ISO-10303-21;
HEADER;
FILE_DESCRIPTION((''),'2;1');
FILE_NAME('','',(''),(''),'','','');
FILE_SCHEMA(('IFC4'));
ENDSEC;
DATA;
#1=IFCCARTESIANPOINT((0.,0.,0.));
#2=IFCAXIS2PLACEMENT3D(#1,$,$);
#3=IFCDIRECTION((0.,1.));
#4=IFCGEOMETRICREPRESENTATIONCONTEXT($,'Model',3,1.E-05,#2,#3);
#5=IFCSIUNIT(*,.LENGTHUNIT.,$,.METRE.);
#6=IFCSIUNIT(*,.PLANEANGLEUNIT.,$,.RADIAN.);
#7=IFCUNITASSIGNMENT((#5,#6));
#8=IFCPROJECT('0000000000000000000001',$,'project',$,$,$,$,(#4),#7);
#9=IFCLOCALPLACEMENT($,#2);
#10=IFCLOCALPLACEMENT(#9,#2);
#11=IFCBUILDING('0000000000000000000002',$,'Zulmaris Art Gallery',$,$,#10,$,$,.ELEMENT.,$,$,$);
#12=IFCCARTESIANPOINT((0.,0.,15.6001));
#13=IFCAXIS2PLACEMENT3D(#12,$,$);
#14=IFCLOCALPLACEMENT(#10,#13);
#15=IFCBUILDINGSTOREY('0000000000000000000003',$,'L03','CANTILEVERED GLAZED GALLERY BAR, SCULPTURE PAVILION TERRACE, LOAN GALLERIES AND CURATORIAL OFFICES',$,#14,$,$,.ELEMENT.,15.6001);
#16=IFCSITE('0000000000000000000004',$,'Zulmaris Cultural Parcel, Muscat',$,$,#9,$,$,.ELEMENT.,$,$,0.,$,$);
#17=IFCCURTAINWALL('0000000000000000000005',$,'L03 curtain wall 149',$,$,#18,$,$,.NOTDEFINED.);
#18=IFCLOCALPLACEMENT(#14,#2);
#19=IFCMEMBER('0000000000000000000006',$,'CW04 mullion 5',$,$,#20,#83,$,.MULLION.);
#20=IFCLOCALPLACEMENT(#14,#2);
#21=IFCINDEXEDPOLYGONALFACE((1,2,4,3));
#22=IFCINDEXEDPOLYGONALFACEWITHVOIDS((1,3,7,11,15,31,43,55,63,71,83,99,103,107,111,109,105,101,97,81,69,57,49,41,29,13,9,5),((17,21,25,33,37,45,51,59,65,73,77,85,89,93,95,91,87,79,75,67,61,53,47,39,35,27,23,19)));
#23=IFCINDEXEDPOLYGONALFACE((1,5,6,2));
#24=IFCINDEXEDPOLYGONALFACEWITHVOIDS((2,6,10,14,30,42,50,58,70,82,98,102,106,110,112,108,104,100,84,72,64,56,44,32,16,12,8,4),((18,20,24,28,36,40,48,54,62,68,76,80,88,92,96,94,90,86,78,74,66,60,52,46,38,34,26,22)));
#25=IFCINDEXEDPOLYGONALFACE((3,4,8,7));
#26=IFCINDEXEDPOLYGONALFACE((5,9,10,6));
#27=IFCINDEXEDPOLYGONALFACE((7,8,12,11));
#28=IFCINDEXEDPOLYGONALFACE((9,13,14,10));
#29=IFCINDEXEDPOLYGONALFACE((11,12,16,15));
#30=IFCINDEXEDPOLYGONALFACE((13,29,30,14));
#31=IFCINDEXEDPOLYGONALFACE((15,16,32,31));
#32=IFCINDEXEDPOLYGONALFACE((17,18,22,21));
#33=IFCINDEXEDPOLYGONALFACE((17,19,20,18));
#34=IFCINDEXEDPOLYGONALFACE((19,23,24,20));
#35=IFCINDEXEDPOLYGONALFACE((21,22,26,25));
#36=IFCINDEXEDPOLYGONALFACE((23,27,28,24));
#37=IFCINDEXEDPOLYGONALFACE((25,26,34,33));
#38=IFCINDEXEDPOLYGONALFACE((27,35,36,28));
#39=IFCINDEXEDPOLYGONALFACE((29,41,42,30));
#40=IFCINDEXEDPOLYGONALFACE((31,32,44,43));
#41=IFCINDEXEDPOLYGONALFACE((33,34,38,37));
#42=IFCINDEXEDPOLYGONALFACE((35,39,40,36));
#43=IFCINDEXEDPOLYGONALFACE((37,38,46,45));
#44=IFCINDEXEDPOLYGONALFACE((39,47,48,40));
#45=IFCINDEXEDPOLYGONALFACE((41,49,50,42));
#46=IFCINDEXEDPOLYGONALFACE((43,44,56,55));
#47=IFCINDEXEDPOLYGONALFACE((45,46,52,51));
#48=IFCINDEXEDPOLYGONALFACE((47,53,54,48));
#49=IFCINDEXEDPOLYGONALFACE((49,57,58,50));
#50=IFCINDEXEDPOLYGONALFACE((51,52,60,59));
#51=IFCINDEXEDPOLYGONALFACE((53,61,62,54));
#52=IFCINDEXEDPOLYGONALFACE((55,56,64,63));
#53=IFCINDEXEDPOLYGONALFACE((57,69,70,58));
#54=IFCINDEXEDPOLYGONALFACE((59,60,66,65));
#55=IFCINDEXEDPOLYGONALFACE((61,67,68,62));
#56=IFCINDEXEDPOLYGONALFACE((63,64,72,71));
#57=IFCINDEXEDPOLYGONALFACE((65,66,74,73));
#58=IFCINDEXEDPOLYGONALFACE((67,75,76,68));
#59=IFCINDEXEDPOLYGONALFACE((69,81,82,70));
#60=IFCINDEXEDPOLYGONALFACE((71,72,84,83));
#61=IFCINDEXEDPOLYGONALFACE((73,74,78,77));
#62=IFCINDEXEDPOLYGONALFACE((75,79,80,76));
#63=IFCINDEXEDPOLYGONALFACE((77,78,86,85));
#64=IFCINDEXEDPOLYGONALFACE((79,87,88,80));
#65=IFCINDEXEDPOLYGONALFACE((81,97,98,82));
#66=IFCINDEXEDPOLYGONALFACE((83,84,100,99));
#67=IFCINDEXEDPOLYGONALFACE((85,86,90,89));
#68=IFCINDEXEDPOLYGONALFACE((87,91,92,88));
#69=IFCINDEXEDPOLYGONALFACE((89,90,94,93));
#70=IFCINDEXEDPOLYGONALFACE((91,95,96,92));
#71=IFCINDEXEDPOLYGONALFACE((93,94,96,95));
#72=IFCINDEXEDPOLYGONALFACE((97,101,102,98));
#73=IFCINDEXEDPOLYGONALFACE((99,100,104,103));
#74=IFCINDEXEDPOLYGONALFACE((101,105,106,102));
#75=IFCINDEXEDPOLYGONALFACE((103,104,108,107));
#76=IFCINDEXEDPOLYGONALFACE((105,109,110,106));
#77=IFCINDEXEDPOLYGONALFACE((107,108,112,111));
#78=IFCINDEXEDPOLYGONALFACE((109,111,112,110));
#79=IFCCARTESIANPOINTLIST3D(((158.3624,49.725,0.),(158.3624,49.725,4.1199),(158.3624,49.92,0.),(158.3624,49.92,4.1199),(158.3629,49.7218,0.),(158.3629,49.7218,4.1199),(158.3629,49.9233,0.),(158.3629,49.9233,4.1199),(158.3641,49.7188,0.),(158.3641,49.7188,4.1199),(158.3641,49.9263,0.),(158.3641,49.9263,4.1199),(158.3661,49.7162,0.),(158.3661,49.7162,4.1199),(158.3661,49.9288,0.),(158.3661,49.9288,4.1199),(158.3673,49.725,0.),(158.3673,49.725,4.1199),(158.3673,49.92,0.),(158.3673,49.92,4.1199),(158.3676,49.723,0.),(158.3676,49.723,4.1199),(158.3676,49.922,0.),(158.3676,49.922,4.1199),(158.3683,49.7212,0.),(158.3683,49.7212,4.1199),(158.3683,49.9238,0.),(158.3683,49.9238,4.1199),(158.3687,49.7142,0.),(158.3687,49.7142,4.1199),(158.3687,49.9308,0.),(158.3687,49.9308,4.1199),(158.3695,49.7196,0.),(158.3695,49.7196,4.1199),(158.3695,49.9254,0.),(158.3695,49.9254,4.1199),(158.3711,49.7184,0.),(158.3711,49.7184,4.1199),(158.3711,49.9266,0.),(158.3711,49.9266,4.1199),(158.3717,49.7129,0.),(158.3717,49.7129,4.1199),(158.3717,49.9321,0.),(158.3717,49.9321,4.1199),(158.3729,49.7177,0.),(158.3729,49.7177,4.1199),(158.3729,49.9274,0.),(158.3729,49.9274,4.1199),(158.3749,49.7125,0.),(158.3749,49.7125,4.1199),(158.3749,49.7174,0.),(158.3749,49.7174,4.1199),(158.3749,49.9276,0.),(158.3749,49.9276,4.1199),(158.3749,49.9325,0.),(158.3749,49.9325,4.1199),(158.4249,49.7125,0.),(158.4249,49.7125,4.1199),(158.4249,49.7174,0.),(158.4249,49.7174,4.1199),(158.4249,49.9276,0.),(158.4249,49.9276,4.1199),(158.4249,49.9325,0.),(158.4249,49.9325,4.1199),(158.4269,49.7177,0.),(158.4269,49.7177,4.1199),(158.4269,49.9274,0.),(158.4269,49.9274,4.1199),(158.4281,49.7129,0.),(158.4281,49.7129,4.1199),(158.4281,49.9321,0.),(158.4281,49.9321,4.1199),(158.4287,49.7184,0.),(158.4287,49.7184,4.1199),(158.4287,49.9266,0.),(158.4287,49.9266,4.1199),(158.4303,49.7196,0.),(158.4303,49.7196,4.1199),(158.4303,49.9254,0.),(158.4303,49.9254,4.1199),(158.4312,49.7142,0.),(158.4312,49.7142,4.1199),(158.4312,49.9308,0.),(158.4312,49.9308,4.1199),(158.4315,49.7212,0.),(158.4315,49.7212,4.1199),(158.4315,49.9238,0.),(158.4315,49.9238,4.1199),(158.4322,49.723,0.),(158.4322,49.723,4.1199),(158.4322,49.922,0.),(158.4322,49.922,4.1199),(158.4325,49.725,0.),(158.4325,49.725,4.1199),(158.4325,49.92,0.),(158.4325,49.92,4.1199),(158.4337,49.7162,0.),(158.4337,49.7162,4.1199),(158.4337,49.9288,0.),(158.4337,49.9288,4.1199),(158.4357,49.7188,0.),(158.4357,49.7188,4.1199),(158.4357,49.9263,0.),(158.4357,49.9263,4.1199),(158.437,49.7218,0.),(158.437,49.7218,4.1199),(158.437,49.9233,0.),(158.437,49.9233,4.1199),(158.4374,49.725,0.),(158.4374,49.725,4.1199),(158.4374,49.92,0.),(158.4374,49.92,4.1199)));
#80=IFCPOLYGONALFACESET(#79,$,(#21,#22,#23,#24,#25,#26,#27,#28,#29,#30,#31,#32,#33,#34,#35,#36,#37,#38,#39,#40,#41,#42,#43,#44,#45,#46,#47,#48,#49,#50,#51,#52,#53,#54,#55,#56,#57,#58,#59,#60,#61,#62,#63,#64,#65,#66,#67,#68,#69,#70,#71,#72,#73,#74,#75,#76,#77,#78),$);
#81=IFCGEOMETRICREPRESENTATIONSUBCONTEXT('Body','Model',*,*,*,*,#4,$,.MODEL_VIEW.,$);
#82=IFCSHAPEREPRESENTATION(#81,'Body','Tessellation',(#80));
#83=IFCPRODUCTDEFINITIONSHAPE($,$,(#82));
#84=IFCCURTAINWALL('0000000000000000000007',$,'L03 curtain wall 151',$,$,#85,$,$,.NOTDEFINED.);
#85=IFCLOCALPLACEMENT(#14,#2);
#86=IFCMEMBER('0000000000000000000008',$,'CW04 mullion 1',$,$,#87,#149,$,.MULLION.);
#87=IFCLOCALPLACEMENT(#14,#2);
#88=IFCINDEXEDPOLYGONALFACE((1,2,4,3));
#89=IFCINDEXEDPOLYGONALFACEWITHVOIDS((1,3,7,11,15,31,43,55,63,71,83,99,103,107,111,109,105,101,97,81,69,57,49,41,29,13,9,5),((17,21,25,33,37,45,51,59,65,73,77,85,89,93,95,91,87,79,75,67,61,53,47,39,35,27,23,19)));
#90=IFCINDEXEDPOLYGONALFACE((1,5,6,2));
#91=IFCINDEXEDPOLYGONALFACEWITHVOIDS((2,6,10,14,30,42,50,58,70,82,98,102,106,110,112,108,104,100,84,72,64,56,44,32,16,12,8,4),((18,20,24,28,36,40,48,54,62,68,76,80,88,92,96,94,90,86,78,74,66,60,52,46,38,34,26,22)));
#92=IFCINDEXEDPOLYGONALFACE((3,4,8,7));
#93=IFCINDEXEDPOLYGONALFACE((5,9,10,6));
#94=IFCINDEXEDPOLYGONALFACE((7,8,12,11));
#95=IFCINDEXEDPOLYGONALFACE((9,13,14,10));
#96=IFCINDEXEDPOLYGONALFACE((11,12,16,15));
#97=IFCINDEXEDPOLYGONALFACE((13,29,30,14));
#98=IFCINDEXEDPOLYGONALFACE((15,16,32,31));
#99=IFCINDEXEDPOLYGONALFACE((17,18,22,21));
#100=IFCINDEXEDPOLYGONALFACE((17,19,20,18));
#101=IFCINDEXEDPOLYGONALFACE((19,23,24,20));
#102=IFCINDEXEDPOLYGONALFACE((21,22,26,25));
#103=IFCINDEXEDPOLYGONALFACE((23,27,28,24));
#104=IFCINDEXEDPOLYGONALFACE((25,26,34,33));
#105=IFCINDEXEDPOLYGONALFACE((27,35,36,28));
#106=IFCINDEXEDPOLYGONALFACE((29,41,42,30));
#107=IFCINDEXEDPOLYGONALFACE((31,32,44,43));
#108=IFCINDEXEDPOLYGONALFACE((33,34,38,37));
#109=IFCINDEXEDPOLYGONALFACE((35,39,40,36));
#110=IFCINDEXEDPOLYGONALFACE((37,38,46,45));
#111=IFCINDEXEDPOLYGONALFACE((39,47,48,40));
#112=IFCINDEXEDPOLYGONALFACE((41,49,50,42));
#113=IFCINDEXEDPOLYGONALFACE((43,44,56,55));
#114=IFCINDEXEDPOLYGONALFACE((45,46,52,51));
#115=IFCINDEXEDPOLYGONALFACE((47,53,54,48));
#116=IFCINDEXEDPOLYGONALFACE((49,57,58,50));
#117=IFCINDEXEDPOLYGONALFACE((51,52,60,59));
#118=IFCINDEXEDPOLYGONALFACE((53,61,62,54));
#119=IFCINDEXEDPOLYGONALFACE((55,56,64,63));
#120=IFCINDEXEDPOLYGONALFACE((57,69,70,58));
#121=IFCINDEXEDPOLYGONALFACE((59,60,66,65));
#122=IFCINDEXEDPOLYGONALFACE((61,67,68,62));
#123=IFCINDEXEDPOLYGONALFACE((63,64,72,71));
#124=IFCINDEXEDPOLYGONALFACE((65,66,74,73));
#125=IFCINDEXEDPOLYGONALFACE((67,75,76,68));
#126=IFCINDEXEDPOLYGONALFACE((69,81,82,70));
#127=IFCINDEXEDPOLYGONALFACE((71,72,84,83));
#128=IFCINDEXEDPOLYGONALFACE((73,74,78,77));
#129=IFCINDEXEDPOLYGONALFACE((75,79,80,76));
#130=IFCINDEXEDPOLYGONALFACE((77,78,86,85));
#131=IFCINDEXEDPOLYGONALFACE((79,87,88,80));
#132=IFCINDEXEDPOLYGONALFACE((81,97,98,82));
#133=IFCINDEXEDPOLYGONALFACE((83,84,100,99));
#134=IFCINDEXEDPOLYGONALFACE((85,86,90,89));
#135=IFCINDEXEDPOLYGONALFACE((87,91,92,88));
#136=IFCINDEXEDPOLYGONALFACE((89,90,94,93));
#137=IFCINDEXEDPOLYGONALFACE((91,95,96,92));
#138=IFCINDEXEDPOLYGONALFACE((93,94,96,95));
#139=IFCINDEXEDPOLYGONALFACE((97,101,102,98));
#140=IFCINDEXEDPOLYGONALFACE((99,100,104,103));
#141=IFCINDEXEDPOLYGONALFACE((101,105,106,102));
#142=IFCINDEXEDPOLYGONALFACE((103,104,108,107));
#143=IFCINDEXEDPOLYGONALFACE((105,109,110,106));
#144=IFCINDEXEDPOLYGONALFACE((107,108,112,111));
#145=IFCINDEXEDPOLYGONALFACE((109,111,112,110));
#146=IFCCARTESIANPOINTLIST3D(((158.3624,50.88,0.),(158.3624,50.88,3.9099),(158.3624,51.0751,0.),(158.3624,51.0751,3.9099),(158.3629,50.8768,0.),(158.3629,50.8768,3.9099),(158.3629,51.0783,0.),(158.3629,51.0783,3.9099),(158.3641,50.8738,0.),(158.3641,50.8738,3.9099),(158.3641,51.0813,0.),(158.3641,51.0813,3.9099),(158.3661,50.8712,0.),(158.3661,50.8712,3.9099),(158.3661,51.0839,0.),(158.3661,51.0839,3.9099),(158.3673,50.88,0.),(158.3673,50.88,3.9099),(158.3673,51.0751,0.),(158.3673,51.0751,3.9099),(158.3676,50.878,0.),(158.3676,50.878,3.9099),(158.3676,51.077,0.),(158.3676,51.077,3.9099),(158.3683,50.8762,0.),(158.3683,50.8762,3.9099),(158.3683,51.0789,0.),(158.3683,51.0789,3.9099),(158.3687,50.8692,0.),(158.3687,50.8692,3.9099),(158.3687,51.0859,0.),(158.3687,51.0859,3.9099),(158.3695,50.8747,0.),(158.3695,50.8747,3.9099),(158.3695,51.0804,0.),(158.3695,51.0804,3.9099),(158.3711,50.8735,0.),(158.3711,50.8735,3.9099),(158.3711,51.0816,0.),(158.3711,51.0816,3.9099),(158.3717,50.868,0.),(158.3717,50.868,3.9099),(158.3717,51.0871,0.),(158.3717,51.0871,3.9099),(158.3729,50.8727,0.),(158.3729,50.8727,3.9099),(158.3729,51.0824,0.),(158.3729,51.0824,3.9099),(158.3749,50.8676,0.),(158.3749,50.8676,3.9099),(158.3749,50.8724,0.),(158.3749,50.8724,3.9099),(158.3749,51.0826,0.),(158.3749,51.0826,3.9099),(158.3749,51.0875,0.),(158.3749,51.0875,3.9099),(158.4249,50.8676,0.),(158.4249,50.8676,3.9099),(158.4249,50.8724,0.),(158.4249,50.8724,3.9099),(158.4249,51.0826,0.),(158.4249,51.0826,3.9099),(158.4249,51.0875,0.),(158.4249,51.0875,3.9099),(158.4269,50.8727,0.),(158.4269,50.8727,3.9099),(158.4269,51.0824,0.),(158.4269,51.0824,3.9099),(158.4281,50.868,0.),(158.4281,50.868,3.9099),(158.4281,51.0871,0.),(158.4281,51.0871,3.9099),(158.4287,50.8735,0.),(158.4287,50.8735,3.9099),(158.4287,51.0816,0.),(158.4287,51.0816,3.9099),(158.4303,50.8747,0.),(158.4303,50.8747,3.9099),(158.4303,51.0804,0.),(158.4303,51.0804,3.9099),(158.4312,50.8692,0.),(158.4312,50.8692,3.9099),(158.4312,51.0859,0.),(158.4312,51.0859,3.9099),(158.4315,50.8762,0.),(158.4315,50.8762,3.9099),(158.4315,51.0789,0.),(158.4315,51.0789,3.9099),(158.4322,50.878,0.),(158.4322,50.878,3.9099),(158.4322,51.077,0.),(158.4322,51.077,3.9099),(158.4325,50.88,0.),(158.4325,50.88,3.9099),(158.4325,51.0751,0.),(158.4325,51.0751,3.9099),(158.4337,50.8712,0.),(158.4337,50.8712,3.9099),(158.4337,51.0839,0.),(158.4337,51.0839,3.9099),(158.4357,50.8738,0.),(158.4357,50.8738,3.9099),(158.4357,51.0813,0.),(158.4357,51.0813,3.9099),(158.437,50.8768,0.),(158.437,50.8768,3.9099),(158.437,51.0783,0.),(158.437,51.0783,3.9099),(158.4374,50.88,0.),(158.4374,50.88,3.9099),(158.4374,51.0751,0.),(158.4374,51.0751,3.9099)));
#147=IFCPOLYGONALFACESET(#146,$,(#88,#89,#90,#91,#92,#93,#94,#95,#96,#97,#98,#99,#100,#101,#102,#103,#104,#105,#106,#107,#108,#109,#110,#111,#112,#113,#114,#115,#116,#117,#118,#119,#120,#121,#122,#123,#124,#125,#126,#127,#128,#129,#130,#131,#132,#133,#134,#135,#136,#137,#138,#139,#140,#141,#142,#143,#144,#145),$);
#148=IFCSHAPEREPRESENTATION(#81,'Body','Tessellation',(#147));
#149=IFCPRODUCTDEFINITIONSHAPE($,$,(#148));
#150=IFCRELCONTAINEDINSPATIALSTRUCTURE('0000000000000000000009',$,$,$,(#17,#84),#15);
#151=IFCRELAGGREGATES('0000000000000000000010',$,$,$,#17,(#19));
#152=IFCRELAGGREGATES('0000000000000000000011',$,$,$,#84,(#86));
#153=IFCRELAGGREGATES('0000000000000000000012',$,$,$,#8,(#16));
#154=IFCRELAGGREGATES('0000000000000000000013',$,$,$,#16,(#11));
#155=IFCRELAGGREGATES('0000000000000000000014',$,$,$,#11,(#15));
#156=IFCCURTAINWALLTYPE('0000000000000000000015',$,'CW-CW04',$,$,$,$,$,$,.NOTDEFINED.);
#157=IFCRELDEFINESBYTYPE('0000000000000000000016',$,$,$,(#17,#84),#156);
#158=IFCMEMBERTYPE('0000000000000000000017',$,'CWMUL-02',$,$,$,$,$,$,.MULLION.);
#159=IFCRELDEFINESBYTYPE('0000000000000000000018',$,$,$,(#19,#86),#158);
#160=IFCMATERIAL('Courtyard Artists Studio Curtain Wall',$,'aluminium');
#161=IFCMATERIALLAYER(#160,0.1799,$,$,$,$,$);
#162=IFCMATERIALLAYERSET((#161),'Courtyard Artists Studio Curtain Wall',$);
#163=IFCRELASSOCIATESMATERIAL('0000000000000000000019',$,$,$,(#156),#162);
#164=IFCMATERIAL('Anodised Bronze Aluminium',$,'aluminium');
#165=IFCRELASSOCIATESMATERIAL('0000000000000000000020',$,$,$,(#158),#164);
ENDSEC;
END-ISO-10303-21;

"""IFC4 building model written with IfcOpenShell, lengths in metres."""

from ifc_helpers import new_model, si_unit, direction, frame, origin, origin_2d, place, context, subcontext, project, spatial, hollow_rectangle, extrude, material, layer, layer_set, material_profile, profile_set, type_object, element, aggregate, save


model = new_model("IFC4")

# Units and contexts
model_context = context("Model", 3, precision=1e-05, world=origin(), true_north=direction((0.0, 1.0)))
body_context = subcontext(model_context, "Body", "Model", "MODEL_VIEW")
ifc_project = project(units=[si_unit("LENGTHUNIT", "METRE"), si_unit("PLANEANGLEUNIT", "RADIAN")], contexts=[model_context])

# Site, building, storey
site_placement = place(None, origin())
site = spatial("IfcSite", under=ifc_project, at=site_placement, Name="Zulmaris Cultural Parcel, Muscat", CompositionType="ELEMENT", RefElevation=0.0)
building_placement = place(site_placement, origin())
building = spatial("IfcBuilding", under=site, at=building_placement, Name="Zulmaris Art Gallery", CompositionType="ELEMENT")
storey_placement = place(building_placement, frame((0.0, 0.0, 15.6001)))
storey = spatial("IfcBuildingStorey", under=building, at=storey_placement, Name="L03", Description="CANTILEVERED GLAZED GALLERY BAR, SCULPTURE PAVILION TERRACE, LOAN GALLERIES AND CURATORIAL OFFICES", CompositionType="ELEMENT", Elevation=15.6001)

# Curtain walls, members
ifc_material_1 = material(Name="Courtyard Artists Studio Curtain Wall", Category="aluminium")
ifc_layer_1 = layer(ifc_material_1, 0.1799)
ifc_layer_set_1 = layer_set([ifc_layer_1], Name="Courtyard Artists Studio Curtain Wall")
curtain_wall_type = type_object("IfcCurtainWallType", Name="CW-CW04", PredefinedType="NOTDEFINED", material=ifc_layer_set_1)
curtain_wall_1_placement = place(storey_placement, origin())
curtain_wall_1 = element("IfcCurtainWall", 1, at=curtain_wall_1_placement, inside=storey, type_object=curtain_wall_type, Name="L03 curtain wall 149", PredefinedType="NOTDEFINED")
ifc_material_2 = material(Name="Anodised Bronze Aluminium", Category="aluminium")
ifc_material_profile_1 = material_profile(ifc_material_2, hollow_rectangle(XDim=0.075, YDim=0.22, WallThickness=0.0049, InnerFilletRadius=0.0076, OuterFilletRadius=0.0125, at=origin_2d()), Name="ALU 75x220x5")
ifc_profile_set_1 = profile_set([ifc_material_profile_1], Name="Anodised Bronze Aluminium")
member_type_1 = type_object("IfcMemberType", Name="CWMUL-02", PredefinedType="MULLION", material=ifc_profile_set_1)
member_1_placement = place(storey_placement, frame((158.3999, 49.8225, 0.0), z_axis=(0.0, 0.0, 1.0), x_axis=(-1.0, 0.0, 0.0)))
member_1 = element("IfcMember", 2, at=member_1_placement, type_object=member_type_1, Name="CW04 mullion 5", PredefinedType="MULLION", context=body_context, shape_type="SweptSolid", body=[
    extrude(hollow_rectangle(XDim=0.075, YDim=0.22, WallThickness=0.0049, InnerFilletRadius=0.0076, OuterFilletRadius=0.0125, at=origin_2d()), origin(), (0.0, 0.0, 1.0), 4.1199),
])
curtain_wall_2_placement = place(storey_placement, origin())
curtain_wall_2 = element("IfcCurtainWall", 3, at=curtain_wall_2_placement, inside=storey, type_object=curtain_wall_type, Name="L03 curtain wall 151", PredefinedType="NOTDEFINED")
member_2_placement = place(storey_placement, frame((158.3999, 50.9775, 0.0), z_axis=(0.0, 0.0, 1.0), x_axis=(-1.0, 0.0, 0.0)))
member_2 = element("IfcMember", 4, at=member_2_placement, type_object=member_type_1, Name="CW04 mullion 1", PredefinedType="MULLION", context=body_context, shape_type="SweptSolid", body=[
    extrude(hollow_rectangle(XDim=0.075, YDim=0.22, WallThickness=0.0049, InnerFilletRadius=0.0076, OuterFilletRadius=0.0125, at=origin_2d()), origin(), (0.0, 0.0, 1.0), 3.9099),
])

aggregate(curtain_wall_1, [member_1])
aggregate(curtain_wall_2, [member_2])

save(model, "model.ifc")
